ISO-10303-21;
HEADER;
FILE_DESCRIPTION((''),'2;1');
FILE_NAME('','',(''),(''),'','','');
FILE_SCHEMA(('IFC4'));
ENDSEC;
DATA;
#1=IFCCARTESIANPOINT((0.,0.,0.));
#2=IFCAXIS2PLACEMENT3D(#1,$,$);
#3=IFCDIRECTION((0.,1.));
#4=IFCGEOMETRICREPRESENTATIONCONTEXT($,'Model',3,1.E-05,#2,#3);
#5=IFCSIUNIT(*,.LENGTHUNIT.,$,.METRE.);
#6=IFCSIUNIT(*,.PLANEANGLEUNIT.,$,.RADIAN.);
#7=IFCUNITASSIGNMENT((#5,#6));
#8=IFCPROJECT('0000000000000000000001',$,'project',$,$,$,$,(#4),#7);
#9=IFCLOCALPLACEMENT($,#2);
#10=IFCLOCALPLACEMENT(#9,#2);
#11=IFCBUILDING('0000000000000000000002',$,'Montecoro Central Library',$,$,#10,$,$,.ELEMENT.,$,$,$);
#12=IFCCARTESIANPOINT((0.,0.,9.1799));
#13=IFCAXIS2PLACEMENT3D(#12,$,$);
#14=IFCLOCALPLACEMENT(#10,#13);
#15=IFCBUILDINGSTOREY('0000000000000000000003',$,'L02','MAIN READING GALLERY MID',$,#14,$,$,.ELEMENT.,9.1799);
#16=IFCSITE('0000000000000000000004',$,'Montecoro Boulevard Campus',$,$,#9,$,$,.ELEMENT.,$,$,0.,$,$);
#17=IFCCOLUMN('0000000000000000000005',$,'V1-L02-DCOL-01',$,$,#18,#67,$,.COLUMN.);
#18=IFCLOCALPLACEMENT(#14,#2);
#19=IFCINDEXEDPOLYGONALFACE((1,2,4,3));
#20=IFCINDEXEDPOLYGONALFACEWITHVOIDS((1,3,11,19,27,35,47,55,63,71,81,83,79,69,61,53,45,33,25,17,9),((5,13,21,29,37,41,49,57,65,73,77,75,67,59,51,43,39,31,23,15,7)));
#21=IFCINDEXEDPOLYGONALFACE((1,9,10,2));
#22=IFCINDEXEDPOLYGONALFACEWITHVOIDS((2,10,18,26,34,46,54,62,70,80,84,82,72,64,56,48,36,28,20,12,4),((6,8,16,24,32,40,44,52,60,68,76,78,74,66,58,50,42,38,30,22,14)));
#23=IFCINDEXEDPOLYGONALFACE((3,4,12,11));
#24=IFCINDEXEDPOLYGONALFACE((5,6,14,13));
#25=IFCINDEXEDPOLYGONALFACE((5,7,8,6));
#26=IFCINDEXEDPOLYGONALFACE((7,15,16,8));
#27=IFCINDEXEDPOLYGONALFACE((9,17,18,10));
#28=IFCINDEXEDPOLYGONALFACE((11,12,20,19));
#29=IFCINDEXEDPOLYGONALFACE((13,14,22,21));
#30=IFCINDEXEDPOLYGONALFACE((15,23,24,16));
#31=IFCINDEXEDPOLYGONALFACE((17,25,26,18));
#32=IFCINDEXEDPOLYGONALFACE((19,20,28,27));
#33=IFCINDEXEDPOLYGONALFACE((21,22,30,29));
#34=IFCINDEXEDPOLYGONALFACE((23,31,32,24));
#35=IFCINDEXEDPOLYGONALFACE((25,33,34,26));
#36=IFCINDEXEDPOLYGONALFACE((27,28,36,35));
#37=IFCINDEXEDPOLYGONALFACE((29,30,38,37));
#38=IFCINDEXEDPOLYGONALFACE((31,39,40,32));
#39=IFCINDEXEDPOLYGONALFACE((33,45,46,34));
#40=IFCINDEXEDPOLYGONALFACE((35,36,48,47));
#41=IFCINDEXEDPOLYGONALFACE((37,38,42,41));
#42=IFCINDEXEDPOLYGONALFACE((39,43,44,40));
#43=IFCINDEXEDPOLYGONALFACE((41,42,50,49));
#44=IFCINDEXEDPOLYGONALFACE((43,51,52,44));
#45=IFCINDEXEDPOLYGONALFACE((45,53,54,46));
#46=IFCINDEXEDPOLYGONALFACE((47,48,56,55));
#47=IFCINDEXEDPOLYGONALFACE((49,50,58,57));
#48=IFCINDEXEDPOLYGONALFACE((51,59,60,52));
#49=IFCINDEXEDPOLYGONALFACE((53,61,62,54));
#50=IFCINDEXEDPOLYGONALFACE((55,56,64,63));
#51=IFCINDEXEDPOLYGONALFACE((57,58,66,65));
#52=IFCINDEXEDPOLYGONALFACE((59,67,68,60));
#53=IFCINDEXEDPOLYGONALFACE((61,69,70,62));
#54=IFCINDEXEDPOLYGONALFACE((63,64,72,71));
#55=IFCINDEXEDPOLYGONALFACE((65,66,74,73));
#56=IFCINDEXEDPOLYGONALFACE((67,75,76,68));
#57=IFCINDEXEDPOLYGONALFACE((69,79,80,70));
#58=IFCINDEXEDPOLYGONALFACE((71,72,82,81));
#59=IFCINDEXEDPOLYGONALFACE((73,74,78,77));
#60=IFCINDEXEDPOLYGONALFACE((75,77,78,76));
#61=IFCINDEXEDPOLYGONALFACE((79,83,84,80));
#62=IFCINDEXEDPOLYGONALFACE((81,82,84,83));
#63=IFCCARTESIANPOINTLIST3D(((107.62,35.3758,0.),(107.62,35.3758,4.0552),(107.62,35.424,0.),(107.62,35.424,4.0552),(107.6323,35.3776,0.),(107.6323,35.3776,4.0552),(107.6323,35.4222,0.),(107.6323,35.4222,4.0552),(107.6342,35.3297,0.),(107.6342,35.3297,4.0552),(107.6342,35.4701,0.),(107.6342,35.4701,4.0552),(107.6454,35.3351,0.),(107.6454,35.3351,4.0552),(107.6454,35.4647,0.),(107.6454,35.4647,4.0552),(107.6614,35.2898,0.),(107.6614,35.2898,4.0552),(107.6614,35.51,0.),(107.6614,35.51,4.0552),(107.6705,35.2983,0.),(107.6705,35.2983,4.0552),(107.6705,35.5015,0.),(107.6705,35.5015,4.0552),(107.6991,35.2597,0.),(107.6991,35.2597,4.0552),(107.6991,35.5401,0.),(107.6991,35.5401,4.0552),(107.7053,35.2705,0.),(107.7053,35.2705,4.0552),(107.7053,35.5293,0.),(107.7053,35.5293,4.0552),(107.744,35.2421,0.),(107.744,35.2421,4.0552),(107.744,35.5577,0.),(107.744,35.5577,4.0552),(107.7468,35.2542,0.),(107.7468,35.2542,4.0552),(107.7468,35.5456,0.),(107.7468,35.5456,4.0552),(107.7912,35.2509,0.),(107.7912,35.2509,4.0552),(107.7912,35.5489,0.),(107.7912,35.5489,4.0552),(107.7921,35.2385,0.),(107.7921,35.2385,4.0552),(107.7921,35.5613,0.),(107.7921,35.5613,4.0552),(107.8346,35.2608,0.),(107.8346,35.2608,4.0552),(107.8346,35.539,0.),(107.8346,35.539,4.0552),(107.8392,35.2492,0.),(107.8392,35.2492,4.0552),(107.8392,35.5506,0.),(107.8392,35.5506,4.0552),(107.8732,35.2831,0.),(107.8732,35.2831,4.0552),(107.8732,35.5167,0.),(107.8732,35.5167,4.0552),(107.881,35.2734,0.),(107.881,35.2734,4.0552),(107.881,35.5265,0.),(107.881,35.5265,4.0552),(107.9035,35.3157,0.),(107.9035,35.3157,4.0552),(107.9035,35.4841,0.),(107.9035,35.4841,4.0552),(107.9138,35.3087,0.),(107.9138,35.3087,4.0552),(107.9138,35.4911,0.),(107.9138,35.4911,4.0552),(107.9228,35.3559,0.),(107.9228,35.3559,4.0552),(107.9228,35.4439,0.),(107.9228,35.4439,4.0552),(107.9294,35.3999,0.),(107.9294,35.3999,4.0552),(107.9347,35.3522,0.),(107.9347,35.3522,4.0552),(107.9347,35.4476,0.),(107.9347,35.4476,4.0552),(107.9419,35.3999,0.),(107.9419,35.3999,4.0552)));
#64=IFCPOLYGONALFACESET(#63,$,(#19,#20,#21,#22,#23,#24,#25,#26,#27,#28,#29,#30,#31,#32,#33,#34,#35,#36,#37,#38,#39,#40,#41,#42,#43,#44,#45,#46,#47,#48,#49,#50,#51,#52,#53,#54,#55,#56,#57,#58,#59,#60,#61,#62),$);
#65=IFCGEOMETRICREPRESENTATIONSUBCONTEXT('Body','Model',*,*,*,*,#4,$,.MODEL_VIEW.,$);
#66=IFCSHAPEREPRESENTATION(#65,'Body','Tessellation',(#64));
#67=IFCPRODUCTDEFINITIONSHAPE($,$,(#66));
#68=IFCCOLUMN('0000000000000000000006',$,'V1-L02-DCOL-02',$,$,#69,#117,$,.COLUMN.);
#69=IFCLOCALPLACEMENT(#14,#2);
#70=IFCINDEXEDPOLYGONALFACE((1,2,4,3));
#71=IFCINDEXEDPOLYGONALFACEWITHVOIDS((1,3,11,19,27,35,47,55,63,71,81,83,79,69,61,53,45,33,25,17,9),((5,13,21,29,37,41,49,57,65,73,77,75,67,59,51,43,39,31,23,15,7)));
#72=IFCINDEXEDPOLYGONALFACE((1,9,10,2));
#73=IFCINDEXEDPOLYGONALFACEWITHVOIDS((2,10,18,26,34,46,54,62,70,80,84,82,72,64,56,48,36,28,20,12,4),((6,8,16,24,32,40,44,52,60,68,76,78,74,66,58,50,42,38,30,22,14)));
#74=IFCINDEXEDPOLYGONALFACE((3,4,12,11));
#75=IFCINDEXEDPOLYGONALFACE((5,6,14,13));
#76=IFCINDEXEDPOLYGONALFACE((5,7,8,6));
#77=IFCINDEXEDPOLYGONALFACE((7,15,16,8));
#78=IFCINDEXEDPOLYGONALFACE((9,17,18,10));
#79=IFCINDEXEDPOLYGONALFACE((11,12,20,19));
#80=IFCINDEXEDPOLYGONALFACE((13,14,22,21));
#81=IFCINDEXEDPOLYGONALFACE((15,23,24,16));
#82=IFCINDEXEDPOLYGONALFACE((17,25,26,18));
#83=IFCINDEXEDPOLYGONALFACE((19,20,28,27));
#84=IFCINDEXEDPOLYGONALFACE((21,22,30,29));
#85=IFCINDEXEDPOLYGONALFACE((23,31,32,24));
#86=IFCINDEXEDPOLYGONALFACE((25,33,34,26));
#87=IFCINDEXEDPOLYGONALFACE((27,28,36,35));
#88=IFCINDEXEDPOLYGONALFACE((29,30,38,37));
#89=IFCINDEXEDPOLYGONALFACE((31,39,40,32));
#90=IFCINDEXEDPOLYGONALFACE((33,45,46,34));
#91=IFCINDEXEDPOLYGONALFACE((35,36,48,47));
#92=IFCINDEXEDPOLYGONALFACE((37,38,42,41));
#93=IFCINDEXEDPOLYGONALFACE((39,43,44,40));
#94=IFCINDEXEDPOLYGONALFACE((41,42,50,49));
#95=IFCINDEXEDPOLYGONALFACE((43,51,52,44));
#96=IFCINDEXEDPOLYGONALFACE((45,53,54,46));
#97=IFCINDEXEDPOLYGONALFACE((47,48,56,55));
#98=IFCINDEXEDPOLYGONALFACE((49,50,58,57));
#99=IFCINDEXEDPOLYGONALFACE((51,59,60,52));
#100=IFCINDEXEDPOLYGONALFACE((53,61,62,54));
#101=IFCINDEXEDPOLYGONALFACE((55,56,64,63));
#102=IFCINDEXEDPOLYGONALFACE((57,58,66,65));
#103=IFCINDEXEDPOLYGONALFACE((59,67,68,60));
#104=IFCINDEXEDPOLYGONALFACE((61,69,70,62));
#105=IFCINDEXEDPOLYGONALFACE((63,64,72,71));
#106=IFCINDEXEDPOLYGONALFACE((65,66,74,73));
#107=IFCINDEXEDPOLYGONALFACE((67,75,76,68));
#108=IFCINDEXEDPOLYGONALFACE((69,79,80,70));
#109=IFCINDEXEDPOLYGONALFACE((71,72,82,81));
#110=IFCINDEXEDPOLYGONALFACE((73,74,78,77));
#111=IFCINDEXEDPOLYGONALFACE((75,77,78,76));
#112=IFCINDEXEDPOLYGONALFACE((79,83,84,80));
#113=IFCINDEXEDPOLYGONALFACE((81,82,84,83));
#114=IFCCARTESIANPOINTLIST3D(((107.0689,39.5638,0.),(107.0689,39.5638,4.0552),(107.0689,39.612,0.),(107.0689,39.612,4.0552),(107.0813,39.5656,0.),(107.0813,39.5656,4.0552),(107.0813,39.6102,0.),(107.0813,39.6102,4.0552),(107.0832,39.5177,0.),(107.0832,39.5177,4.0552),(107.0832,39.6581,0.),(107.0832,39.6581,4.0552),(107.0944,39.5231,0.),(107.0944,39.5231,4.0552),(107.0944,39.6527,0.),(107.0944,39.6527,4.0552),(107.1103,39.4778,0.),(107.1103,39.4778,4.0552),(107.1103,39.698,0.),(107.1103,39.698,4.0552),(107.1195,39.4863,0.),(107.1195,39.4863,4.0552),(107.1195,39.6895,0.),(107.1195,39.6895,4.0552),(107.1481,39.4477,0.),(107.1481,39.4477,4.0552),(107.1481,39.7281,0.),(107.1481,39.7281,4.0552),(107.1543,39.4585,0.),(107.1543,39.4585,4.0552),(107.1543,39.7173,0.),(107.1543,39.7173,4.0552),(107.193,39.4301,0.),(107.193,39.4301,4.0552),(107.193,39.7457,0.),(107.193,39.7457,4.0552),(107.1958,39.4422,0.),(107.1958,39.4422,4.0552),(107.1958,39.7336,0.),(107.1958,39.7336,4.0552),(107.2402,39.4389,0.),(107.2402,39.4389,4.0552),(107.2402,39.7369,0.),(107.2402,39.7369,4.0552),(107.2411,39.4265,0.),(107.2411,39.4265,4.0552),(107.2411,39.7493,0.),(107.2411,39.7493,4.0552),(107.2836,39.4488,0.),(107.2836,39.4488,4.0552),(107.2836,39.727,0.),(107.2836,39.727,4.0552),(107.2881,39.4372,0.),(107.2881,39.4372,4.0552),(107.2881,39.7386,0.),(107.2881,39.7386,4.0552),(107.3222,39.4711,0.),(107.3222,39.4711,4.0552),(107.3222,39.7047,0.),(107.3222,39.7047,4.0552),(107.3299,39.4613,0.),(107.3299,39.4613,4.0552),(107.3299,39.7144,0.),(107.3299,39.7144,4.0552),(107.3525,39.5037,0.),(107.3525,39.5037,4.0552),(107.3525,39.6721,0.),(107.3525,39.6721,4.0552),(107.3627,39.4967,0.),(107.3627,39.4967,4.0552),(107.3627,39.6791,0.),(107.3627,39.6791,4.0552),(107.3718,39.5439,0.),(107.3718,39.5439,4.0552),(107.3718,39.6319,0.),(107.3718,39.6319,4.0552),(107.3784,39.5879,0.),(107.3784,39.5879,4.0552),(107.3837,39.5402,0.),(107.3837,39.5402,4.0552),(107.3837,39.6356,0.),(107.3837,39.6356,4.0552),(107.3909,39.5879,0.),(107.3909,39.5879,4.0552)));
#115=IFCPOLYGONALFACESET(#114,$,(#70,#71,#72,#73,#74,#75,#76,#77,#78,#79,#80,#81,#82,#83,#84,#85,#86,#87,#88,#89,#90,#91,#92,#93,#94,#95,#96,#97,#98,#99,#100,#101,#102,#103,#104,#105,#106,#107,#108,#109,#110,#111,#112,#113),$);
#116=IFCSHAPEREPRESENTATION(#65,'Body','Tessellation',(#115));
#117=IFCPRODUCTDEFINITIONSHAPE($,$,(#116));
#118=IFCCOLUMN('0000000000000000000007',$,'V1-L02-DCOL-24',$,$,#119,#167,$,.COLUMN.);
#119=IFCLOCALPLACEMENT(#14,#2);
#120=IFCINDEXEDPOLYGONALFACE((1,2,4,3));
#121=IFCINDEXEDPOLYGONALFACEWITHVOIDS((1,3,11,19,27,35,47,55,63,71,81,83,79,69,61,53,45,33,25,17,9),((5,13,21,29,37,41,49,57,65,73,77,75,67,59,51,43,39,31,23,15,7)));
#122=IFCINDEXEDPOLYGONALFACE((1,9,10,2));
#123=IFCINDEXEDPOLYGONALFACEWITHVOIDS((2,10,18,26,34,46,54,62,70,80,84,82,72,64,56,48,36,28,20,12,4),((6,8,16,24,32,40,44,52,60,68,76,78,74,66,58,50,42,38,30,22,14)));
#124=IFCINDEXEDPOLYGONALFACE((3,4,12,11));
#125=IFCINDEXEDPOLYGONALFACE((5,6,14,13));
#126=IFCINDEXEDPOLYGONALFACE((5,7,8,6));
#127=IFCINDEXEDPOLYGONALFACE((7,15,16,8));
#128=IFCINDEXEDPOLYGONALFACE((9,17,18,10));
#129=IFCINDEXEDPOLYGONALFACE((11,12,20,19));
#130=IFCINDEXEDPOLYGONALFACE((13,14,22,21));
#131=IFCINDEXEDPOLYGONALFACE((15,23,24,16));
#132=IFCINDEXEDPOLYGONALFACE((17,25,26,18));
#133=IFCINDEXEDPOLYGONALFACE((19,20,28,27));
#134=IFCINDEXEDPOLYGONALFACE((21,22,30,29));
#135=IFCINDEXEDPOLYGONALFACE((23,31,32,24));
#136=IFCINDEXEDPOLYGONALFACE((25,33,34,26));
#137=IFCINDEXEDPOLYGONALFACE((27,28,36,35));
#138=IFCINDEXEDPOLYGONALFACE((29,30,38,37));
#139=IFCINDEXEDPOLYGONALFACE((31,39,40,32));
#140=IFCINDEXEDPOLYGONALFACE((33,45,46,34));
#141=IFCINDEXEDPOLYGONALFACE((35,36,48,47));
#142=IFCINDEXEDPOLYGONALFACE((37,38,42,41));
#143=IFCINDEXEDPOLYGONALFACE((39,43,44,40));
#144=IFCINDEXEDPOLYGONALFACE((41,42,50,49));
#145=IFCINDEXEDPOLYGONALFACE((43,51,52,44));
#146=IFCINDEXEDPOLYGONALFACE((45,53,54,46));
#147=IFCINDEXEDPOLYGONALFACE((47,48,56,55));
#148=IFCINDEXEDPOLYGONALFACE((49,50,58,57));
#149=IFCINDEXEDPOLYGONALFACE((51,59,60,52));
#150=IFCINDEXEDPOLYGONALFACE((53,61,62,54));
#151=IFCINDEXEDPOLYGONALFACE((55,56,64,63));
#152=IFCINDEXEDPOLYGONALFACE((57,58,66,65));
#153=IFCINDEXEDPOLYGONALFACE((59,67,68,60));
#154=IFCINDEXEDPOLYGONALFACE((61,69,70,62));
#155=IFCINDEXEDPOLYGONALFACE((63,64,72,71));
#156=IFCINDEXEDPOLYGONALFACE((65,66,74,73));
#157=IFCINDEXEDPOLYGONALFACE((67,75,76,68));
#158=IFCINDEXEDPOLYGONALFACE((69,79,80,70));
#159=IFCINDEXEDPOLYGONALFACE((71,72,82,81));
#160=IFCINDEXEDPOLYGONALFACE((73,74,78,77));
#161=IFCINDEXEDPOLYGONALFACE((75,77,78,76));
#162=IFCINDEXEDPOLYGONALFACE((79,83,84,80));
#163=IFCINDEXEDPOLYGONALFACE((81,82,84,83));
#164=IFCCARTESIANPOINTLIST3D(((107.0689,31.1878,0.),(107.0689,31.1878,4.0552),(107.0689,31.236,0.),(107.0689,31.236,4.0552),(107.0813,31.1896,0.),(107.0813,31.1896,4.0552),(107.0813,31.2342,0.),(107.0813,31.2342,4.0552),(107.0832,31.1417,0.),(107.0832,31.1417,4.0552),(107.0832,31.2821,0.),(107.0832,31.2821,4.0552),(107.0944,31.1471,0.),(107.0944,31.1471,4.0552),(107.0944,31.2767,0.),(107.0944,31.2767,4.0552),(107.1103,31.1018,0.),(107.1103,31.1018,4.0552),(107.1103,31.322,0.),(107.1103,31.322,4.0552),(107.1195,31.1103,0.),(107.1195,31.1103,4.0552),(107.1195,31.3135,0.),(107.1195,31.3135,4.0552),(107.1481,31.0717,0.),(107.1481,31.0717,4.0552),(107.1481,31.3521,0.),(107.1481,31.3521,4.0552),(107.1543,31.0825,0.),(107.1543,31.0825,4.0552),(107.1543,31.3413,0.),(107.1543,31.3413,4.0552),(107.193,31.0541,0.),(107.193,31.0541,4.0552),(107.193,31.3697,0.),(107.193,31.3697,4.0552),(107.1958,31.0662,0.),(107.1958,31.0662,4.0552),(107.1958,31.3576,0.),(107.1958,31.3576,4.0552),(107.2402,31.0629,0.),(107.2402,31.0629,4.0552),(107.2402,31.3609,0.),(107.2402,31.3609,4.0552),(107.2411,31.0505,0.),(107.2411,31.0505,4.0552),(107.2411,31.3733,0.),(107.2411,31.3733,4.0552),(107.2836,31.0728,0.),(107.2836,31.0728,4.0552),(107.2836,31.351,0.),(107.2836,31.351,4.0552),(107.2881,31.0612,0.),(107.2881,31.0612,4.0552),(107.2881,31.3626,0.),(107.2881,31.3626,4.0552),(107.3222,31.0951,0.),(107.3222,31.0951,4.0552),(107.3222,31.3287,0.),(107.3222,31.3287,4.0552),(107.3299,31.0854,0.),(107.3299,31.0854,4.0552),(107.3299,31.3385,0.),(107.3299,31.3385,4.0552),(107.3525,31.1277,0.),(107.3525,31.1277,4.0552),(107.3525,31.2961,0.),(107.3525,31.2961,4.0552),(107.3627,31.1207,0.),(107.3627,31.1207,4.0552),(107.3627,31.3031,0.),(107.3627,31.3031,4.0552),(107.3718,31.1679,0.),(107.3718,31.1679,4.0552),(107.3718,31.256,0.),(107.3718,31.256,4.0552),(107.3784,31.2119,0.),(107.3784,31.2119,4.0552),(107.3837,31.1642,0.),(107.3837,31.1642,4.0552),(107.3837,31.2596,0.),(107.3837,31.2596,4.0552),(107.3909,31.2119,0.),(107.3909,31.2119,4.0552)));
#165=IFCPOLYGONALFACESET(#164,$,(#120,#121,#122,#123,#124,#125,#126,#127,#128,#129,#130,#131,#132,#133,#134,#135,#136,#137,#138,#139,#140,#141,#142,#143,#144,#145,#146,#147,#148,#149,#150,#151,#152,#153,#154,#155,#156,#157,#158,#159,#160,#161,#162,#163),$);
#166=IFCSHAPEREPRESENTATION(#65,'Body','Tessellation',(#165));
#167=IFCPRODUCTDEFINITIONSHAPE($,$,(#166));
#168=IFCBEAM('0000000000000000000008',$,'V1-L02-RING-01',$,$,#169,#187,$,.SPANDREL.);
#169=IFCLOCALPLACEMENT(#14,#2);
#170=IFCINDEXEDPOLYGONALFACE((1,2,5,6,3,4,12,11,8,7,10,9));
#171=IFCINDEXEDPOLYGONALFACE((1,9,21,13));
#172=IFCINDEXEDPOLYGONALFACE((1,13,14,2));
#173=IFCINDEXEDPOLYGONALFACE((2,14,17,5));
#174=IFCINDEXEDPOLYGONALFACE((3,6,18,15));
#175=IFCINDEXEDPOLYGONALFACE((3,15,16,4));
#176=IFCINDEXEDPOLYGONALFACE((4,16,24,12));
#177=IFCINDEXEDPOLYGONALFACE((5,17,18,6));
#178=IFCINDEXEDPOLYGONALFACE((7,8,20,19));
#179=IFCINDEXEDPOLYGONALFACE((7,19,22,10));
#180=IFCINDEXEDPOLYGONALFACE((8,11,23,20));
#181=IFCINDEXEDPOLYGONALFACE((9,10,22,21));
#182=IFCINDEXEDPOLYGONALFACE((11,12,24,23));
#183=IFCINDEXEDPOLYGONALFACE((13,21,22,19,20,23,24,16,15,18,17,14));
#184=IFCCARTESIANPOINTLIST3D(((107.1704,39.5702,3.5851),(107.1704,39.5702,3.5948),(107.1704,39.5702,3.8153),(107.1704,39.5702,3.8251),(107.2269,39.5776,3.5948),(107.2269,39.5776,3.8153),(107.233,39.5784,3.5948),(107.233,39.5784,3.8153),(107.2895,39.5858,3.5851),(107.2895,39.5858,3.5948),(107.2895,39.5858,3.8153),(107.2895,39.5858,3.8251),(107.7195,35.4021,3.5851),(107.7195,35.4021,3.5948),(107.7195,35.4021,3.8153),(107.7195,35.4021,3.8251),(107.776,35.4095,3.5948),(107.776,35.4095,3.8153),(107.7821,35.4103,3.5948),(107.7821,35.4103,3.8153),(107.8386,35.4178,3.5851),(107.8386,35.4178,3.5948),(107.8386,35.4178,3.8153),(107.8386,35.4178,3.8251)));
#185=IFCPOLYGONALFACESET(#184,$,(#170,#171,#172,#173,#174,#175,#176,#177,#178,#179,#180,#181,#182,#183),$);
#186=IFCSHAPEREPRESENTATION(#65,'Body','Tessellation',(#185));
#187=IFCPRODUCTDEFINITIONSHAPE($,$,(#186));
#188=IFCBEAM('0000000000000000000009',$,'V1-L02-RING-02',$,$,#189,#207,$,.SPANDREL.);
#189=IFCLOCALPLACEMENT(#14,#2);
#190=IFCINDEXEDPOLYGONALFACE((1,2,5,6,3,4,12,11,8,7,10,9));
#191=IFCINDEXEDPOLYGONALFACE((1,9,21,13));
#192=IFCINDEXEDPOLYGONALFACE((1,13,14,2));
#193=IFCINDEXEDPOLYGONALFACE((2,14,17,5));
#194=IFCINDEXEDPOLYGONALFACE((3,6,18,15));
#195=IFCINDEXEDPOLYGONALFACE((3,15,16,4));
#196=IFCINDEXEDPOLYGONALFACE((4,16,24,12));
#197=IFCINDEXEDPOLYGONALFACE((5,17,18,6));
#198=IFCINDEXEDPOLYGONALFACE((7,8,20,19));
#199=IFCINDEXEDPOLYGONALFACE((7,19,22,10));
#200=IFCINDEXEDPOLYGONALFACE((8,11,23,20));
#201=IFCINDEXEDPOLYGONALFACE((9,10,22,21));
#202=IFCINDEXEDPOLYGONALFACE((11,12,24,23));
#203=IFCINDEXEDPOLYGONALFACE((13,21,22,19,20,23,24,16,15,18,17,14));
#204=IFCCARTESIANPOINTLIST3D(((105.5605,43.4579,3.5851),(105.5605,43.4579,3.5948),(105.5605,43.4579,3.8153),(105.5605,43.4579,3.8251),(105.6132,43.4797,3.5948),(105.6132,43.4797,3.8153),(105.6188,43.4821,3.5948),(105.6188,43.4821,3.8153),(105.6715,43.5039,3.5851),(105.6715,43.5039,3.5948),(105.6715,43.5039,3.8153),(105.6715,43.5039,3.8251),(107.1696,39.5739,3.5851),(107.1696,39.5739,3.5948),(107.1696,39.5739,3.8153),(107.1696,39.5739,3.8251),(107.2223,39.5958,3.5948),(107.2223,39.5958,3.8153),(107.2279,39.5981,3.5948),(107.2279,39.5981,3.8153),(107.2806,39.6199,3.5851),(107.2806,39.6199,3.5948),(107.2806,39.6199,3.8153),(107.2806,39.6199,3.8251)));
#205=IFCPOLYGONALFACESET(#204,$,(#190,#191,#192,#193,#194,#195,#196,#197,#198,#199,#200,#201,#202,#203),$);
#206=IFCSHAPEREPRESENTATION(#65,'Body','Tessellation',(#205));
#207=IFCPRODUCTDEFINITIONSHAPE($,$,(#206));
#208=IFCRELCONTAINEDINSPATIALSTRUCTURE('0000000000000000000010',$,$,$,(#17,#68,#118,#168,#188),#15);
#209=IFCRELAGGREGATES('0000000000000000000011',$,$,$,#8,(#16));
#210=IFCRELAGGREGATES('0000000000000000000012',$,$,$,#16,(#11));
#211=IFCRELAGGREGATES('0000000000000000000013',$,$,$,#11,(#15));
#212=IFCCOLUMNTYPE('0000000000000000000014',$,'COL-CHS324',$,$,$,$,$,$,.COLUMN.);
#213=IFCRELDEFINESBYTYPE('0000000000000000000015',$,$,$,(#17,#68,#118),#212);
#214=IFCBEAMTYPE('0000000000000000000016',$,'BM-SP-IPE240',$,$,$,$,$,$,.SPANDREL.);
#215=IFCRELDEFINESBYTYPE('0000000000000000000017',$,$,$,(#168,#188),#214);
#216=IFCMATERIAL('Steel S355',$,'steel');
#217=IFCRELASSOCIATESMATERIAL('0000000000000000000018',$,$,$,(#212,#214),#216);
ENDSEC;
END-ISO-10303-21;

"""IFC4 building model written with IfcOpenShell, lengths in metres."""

from ifc_helpers import new_model, si_unit, direction, frame, origin, origin_2d, place, context, subcontext, project, spatial, hollow_circle, i_section, extrude, material, material_profile, profile_set, type_object, element, save


model = new_model("IFC4")

# Units and contexts
model_context = context("Model", 3, precision=1e-05, world=origin(), true_north=direction((0.0, 1.0)))
body_context = subcontext(model_context, "Body", "Model", "MODEL_VIEW")
ifc_project = project(units=[si_unit("LENGTHUNIT", "METRE"), si_unit("PLANEANGLEUNIT", "RADIAN")], contexts=[model_context])

# Site, building, storey
site_placement = place(None, origin())
site = spatial("IfcSite", under=ifc_project, at=site_placement, Name="Montecoro Boulevard Campus", CompositionType="ELEMENT", RefElevation=0.0)
building_placement = place(site_placement, origin())
building = spatial("IfcBuilding", under=site, at=building_placement, Name="Montecoro Central Library", CompositionType="ELEMENT")
storey_placement = place(building_placement, frame((0.0, 0.0, 9.1799)))
storey = spatial("IfcBuildingStorey", under=building, at=storey_placement, Name="L02", Description="MAIN READING GALLERY MID", CompositionType="ELEMENT", Elevation=9.1799)

# Columns
ifc_material_1 = material(Name="Steel S355", Category="steel")
ifc_material_profile_1 = material_profile(ifc_material_1, hollow_circle(Radius=0.1619, WallThickness=0.0125, at=origin_2d()), Name="CHS 323.9x12.5")
ifc_profile_set_1 = profile_set([ifc_material_profile_1], Name="Steel S355")
column_type = type_object("IfcColumnType", Name="COL-CHS324", PredefinedType="COLUMN", material=ifc_profile_set_1)
for number, where, z_axis, x_axis, name in (
    (1, (107.78, 35.3999, 0.0), (0.0, 0.0, 1.0), (1.0, 0.0, 0.0), "V1-L02-DCOL-01"),
    (2, (107.229, 39.5879, 0.0), (0.0, 0.0, 1.0), (1.0, 0.0, 0.0), "V1-L02-DCOL-02"),
    (3, (107.229, 31.2119, 0.0), (0.0, 0.0, 1.0), (1.0, 0.0, 0.0), "V1-L02-DCOL-24"),
):
    element("IfcColumn", number, at=place(storey_placement, frame(where, z_axis=z_axis, x_axis=x_axis)), inside=storey, type_object=column_type, Name=name, PredefinedType="COLUMN", context=body_context, shape_type="SweptSolid", body=[
        extrude(hollow_circle(Radius=0.1619, WallThickness=0.0125, at=origin_2d()), origin(), (0.0, 0.0, 1.0), 4.0552),
    ])

# Beams
ifc_material_profile_2 = material_profile(ifc_material_1, i_section(OverallWidth=0.1201, OverallDepth=0.24, WebThickness=0.0061, FlangeThickness=0.0098, at=origin_2d()), Name="IPE 240")
ifc_profile_set_2 = profile_set([ifc_material_profile_2], Name="Steel S355")
beam_type = type_object("IfcBeamType", Name="BM-SP-IPE240", PredefinedType="SPANDREL", material=ifc_profile_set_2)
for number, where, z_axis, x_axis, name in (
    (4, (107.7791, 35.4099, 3.7051), (-0.130608, 0.991434, 0.0), (-0.991434, -0.130608, 0.0), "V1-L02-RING-01"),
    (5, (107.2251, 39.5969, 3.7051), (-0.382747, 0.923853, 0.0), (-0.923853, -0.382747, 0.0), "V1-L02-RING-02"),
):
    element("IfcBeam", number, at=place(storey_placement, frame(where, z_axis=z_axis, x_axis=x_axis)), inside=storey, type_object=beam_type, Name=name, PredefinedType="SPANDREL", context=body_context, shape_type="SweptSolid", body=[
        extrude(i_section(OverallWidth=0.1201, OverallDepth=0.24, WebThickness=0.0061, FlangeThickness=0.0098, at=origin_2d()), origin(), (0.0, 0.0, 1.0), 4.2041),
    ])

save(model, "model.ifc")
